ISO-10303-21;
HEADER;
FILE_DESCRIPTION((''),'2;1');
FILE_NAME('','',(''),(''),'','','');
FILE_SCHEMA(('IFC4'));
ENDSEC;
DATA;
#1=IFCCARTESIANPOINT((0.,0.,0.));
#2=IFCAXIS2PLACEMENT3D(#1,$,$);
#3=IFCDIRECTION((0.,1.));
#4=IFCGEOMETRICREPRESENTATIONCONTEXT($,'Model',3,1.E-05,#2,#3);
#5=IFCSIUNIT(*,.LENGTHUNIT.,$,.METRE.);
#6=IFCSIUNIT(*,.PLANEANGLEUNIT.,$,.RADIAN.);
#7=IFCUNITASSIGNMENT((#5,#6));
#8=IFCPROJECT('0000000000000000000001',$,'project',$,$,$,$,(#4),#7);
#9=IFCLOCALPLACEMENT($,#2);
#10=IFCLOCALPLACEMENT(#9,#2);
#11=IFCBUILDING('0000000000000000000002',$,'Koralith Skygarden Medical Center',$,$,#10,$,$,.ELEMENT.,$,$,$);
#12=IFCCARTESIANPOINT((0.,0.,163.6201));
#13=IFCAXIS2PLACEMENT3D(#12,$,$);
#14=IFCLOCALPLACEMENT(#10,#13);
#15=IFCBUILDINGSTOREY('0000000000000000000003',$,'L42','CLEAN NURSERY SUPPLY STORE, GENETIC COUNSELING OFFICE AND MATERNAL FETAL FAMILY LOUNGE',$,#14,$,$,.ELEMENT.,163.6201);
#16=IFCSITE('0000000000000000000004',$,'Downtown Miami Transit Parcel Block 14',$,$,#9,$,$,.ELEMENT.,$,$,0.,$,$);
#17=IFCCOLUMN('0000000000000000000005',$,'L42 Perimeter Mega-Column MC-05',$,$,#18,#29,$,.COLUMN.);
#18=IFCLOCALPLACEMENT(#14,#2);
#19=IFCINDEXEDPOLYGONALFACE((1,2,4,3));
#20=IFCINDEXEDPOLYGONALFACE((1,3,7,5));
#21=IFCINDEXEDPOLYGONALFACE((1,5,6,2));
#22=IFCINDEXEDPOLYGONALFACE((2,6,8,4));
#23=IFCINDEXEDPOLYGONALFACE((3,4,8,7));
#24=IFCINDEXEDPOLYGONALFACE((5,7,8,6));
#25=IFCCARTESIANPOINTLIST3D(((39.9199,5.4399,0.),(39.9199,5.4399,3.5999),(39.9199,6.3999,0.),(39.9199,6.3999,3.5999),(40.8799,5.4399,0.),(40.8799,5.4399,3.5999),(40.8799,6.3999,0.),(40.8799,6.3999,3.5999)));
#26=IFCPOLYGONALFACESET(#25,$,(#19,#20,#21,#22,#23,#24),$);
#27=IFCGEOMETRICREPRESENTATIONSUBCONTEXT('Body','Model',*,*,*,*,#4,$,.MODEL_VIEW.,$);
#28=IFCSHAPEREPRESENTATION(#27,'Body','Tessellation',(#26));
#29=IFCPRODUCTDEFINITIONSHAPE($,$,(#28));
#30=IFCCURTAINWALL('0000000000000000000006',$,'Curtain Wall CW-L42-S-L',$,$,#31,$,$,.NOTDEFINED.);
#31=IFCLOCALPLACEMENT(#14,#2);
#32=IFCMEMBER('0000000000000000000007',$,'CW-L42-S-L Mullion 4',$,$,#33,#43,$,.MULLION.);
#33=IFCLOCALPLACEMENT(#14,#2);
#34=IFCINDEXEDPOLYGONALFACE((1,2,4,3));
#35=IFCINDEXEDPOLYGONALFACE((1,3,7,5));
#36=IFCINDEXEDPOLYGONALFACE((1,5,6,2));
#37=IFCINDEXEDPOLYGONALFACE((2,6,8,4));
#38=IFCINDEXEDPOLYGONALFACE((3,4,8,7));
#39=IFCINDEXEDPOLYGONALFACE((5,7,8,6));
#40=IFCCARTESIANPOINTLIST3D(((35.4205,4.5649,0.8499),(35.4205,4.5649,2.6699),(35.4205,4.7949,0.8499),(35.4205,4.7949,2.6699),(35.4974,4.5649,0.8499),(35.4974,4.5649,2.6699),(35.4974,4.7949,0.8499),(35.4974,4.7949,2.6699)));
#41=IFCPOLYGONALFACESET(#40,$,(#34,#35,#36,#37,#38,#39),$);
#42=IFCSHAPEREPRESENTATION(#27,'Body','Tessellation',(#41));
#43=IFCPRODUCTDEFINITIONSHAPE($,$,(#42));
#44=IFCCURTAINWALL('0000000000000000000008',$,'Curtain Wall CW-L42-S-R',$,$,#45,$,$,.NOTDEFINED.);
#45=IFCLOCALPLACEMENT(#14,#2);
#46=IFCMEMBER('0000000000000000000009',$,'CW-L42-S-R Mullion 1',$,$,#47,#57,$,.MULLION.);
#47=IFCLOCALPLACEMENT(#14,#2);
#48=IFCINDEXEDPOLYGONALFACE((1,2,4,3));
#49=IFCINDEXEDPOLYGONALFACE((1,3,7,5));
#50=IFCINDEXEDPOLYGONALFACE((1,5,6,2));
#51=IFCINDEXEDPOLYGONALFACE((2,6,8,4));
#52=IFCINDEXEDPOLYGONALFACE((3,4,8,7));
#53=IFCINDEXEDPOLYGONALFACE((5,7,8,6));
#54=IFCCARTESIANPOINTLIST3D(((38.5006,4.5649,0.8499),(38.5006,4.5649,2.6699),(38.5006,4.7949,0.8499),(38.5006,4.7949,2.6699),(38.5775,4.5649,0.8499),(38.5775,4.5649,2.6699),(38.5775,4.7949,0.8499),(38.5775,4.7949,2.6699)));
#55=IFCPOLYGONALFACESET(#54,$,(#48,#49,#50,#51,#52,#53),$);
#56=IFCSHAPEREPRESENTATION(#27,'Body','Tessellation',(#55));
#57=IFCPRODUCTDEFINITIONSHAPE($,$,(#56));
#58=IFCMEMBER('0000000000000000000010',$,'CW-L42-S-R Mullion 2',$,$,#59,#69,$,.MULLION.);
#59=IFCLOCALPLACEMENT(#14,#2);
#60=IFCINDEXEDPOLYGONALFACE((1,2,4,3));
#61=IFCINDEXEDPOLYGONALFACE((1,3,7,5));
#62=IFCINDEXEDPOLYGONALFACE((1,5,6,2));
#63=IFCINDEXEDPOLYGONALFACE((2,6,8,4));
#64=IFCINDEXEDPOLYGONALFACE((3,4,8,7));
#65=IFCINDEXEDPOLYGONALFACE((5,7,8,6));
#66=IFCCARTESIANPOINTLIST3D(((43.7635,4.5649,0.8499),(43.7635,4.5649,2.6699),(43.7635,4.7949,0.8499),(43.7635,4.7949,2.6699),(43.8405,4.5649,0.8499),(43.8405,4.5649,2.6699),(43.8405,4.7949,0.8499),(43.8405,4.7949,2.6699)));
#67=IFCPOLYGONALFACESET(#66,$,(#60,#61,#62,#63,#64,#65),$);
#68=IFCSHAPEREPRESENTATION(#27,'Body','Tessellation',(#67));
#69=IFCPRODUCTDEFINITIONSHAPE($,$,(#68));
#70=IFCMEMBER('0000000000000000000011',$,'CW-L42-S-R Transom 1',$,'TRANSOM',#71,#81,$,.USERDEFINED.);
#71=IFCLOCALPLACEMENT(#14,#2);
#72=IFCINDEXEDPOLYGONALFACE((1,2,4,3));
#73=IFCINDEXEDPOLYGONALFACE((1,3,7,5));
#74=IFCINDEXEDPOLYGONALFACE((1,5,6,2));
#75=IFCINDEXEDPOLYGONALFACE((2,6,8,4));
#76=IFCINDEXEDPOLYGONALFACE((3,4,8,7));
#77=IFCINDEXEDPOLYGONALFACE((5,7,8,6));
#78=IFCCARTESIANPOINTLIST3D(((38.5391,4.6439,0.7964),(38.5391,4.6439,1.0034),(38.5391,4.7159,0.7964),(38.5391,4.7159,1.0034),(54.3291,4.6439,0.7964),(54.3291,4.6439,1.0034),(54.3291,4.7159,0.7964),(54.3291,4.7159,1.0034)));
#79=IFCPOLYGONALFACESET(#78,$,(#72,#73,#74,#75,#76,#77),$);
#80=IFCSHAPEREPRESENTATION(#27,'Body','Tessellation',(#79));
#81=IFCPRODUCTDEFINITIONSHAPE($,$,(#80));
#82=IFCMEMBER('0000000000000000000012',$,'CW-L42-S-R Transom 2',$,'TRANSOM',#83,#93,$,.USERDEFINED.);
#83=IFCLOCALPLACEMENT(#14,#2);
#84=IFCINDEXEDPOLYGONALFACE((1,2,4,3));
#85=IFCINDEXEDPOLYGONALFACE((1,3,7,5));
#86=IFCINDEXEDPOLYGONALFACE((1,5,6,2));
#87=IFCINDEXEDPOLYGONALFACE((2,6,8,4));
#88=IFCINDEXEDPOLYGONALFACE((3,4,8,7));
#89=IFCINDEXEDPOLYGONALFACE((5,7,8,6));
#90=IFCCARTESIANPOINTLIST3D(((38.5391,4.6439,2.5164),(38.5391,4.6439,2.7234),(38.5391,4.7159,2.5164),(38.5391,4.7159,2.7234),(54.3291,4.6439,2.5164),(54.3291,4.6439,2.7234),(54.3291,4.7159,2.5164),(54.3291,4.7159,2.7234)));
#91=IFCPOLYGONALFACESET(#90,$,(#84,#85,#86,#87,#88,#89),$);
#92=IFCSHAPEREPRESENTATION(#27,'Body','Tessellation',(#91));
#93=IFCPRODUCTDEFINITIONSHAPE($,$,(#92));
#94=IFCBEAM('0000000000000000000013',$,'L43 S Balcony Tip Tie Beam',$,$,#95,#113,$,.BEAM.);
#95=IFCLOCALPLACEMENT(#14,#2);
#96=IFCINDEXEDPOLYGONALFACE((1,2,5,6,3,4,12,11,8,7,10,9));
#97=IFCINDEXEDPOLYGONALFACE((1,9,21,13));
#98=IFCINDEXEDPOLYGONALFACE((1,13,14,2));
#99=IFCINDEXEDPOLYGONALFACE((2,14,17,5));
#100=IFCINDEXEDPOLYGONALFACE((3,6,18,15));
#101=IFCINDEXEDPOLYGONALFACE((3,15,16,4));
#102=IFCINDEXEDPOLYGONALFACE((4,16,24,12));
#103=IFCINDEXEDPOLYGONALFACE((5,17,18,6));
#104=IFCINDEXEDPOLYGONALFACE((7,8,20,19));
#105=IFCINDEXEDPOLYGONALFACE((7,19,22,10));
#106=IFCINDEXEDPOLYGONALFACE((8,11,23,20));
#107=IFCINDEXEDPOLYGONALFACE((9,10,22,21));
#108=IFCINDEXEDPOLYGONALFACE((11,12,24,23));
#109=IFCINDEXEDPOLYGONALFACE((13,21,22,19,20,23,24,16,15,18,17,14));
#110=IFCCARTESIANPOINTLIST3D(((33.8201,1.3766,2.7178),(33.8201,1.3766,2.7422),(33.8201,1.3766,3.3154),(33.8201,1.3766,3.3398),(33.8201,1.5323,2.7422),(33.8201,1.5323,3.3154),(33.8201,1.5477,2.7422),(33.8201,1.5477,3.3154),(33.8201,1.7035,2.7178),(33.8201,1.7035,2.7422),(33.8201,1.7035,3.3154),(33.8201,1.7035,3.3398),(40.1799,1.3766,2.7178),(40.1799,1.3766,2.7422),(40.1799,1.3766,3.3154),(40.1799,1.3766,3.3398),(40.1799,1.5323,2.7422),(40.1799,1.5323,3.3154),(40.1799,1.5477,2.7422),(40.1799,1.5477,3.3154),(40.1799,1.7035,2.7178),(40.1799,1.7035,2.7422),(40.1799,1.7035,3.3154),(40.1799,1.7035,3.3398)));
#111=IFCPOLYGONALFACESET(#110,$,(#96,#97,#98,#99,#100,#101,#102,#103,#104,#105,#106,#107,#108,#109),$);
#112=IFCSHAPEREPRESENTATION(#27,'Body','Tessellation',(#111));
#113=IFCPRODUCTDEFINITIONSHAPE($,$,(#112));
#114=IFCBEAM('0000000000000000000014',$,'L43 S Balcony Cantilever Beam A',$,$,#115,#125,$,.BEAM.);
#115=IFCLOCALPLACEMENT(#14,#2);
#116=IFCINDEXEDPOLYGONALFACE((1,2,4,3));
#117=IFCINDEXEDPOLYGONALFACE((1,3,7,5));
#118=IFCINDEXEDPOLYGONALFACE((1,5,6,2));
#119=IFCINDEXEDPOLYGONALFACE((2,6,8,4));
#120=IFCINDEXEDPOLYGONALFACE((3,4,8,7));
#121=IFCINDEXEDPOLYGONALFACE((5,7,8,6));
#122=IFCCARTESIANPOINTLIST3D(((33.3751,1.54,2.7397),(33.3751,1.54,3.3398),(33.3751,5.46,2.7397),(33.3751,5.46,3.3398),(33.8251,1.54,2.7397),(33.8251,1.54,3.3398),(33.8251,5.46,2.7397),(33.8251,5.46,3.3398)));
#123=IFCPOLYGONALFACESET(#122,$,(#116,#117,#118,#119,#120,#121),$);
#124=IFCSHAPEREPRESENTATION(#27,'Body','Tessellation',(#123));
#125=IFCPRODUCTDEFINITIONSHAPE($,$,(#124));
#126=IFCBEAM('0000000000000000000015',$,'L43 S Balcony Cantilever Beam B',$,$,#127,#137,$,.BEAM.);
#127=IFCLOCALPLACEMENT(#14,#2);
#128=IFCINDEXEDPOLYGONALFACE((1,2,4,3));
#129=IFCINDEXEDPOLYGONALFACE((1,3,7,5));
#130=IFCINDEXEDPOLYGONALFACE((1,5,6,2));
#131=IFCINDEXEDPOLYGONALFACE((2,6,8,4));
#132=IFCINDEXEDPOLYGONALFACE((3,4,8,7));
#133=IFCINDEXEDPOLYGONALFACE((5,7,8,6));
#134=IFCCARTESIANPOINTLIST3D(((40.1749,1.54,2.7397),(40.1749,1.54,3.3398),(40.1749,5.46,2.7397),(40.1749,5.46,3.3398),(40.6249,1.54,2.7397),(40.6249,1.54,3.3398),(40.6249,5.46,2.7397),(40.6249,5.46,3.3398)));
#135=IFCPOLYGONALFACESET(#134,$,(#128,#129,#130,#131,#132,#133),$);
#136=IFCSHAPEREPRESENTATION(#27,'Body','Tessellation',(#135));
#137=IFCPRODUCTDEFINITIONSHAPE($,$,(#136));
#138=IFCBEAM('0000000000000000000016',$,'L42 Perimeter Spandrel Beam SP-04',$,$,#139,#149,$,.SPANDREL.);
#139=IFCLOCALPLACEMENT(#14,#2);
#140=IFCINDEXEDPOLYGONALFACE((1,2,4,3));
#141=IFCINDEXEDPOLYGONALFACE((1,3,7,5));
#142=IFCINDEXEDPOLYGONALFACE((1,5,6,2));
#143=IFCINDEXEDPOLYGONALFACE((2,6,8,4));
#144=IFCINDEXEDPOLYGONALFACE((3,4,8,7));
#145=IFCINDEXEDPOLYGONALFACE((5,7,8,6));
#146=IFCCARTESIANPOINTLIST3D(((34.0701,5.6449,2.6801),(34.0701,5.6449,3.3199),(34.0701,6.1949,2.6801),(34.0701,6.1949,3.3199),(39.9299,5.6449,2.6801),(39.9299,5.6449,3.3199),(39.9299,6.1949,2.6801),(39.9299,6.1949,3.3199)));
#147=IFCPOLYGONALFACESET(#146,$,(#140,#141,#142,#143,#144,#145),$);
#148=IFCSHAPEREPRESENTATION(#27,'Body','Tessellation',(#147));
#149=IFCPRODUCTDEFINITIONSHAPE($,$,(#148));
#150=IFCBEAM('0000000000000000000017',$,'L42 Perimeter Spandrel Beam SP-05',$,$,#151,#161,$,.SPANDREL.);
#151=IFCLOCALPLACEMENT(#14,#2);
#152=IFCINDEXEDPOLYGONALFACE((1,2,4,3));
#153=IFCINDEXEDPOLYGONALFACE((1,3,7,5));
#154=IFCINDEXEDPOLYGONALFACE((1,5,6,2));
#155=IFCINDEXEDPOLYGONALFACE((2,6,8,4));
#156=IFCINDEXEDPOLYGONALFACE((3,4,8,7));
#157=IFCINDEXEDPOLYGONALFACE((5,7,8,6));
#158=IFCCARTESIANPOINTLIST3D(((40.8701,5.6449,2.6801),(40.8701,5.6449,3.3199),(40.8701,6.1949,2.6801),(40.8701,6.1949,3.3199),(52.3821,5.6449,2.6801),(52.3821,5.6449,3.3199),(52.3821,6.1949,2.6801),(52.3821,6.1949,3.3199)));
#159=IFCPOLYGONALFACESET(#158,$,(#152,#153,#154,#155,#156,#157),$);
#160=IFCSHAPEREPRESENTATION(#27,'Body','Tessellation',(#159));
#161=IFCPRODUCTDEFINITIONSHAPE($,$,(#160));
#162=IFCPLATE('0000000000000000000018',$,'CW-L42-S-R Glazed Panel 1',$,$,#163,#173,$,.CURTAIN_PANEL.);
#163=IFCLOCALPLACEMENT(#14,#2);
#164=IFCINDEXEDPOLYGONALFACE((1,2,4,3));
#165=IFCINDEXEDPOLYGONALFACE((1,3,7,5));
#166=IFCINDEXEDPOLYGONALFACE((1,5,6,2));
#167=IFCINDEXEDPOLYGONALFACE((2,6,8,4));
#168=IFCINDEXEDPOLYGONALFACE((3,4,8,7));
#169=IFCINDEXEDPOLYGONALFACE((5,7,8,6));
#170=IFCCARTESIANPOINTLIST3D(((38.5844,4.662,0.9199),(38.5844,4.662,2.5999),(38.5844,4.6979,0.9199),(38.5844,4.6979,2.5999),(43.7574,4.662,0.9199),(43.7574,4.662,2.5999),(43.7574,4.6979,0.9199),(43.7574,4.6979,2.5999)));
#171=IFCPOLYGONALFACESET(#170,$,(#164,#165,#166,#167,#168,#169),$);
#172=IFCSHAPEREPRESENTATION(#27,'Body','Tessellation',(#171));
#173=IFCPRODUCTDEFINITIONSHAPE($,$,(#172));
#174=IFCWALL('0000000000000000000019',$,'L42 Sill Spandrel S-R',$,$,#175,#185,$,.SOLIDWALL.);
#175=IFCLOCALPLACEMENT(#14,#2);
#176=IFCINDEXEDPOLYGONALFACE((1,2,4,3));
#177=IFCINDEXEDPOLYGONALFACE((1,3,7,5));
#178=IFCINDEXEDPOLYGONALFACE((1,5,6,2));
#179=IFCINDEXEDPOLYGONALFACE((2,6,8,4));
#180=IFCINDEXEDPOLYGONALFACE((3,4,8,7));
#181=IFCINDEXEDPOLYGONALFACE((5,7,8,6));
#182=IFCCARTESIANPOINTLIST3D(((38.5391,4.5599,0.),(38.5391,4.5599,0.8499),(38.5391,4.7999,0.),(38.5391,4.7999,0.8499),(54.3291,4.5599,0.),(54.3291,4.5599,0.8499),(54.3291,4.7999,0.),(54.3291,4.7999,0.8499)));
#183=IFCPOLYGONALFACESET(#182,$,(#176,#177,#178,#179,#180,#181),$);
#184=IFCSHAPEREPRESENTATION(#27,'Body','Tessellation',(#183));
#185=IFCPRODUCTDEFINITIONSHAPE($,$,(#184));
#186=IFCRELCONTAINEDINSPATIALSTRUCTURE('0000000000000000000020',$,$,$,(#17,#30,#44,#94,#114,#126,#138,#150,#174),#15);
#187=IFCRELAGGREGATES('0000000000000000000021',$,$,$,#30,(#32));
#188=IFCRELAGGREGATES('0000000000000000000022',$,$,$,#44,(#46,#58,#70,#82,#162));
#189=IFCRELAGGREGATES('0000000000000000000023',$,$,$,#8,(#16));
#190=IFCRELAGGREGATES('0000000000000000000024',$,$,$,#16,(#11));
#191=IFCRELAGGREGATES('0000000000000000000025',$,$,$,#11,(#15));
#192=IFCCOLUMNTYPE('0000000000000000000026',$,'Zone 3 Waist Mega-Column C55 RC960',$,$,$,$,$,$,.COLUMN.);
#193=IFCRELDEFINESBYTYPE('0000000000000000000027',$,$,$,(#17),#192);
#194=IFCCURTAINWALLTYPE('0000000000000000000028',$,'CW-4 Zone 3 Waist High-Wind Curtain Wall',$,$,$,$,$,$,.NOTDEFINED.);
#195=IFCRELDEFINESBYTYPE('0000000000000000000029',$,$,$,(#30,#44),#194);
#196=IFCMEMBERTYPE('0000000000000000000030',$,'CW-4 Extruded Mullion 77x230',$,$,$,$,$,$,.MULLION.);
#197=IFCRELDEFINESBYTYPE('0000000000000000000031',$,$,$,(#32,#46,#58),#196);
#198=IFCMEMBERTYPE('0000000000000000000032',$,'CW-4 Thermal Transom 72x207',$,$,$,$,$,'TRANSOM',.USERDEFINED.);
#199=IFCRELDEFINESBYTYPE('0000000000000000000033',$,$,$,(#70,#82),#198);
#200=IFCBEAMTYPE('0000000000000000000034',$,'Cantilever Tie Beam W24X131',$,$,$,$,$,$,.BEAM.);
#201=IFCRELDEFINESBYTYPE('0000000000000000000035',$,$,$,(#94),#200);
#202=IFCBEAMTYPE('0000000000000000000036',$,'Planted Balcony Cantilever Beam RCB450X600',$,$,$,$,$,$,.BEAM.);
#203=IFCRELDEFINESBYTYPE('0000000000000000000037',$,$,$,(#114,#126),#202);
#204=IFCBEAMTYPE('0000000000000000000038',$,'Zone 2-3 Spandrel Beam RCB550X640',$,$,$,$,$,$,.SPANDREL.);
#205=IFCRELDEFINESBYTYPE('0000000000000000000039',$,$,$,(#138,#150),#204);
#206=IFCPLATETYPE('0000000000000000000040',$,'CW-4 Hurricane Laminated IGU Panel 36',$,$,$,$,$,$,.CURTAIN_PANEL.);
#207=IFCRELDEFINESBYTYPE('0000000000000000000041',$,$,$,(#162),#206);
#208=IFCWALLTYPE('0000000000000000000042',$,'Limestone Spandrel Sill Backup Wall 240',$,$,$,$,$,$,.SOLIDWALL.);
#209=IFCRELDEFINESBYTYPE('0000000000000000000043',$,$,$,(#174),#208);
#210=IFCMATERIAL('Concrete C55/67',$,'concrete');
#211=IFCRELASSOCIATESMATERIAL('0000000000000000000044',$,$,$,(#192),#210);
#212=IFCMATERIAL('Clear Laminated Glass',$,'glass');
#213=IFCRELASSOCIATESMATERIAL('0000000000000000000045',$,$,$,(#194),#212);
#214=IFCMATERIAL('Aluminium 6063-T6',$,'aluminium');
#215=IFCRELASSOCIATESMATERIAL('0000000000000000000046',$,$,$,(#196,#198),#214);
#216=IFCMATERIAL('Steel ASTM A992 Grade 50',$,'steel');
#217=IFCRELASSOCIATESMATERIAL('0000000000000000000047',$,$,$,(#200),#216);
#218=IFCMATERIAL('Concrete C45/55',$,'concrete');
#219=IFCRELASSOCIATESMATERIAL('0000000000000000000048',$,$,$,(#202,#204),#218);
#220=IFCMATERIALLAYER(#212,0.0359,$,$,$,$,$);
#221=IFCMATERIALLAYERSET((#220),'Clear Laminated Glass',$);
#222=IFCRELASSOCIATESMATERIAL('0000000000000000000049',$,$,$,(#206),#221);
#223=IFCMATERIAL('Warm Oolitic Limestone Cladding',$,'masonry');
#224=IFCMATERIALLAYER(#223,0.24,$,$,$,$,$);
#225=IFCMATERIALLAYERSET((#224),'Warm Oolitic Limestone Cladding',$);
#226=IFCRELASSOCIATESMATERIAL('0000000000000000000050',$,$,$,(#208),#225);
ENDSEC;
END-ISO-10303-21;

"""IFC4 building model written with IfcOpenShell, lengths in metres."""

from ifc_helpers import new_model, si_unit, direction, frame, frame_2d, origin, origin_2d, place, context, subcontext, project, spatial, rectangle, i_section, extrude, material, layer, layer_set, material_profile, profile_set, type_object, element, aggregate, save


model = new_model("IFC4")

# Units and contexts
model_context = context("Model", 3, precision=1e-05, world=origin(), true_north=direction((0.0, 1.0)))
body_context = subcontext(model_context, "Body", "Model", "MODEL_VIEW")
ifc_project = project(units=[si_unit("LENGTHUNIT", "METRE"), si_unit("PLANEANGLEUNIT", "RADIAN")], contexts=[model_context])

# Site, building, storey
site_placement = place(None, origin())
site = spatial("IfcSite", under=ifc_project, at=site_placement, Name="Downtown Miami Transit Parcel Block 14", CompositionType="ELEMENT", RefElevation=0.0)
building_placement = place(site_placement, origin())
building = spatial("IfcBuilding", under=site, at=building_placement, Name="Koralith Skygarden Medical Center", CompositionType="ELEMENT")
storey_placement = place(building_placement, frame((0.0, 0.0, 163.6201)))
storey = spatial("IfcBuildingStorey", under=building, at=storey_placement, Name="L42", Description="CLEAN NURSERY SUPPLY STORE, GENETIC COUNSELING OFFICE AND MATERNAL FETAL FAMILY LOUNGE", CompositionType="ELEMENT", Elevation=163.6201)

# Column
ifc_material_1 = material(Name="Concrete C55/67", Category="concrete")
ifc_material_profile_1 = material_profile(ifc_material_1, rectangle(XDim=0.96, YDim=0.96, at=origin_2d()), Name="RC960X960")
ifc_profile_set_1 = profile_set([ifc_material_profile_1], Name="Concrete C55/67")
column_type = type_object("IfcColumnType", Name="Zone 3 Waist Mega-Column C55 RC960", PredefinedType="COLUMN", material=ifc_profile_set_1)
column_placement = place(storey_placement, frame((40.3999, 5.9199, 0.0), z_axis=(0.0, 0.0, 1.0), x_axis=(1.0, 0.0, 0.0)))
element("IfcColumn", 1, at=column_placement, inside=storey, type_object=column_type, Name="L42 Perimeter Mega-Column MC-05", PredefinedType="COLUMN", context=body_context, shape_type="SweptSolid", body=[
    extrude(rectangle(XDim=0.96, YDim=0.96, at=origin_2d()), origin(), (0.0, 0.0, 1.0), 3.5999),
])

# Curtain wall, member
ifc_material_2 = material(Name="Clear Laminated Glass", Category="glass")
curtain_wall_type = type_object("IfcCurtainWallType", Name="CW-4 Zone 3 Waist High-Wind Curtain Wall", PredefinedType="NOTDEFINED", material=ifc_material_2)
curtain_wall_1_placement = place(storey_placement, origin())
curtain_wall_1 = element("IfcCurtainWall", 2, at=curtain_wall_1_placement, inside=storey, type_object=curtain_wall_type, Name="Curtain Wall CW-L42-S-L", PredefinedType="NOTDEFINED")
ifc_material_3 = material(Name="Aluminium 6063-T6", Category="aluminium")
ifc_material_profile_2 = material_profile(ifc_material_3, rectangle(XDim=0.0769, YDim=0.23, at=origin_2d()), Name="MUL77X230")
ifc_profile_set_2 = profile_set([ifc_material_profile_2], Name="Aluminium 6063-T6")
member_type_1 = type_object("IfcMemberType", Name="CW-4 Extruded Mullion 77x230", PredefinedType="MULLION", material=ifc_profile_set_2)
member_1_placement = place(storey_placement, frame((35.459, 4.6799, 0.8499), z_axis=(0.0, 0.0, 1.0), x_axis=(1.0, 0.0, 0.0)))
member_1 = element("IfcMember", 3, at=member_1_placement, type_object=member_type_1, Name="CW-L42-S-L Mullion 4", PredefinedType="MULLION", context=body_context, shape_type="SweptSolid", body=[
    extrude(rectangle(XDim=0.0769, YDim=0.23, at=origin_2d()), origin(), (0.0, 0.0, 1.0), 1.8201),
])
aggregate(curtain_wall_1, [member_1])

# Curtain wall, members
curtain_wall_2_placement = place(storey_placement, origin())
curtain_wall_2 = element("IfcCurtainWall", 4, at=curtain_wall_2_placement, inside=storey, type_object=curtain_wall_type, Name="Curtain Wall CW-L42-S-R", PredefinedType="NOTDEFINED")
member_2_placement = place(storey_placement, frame((38.5391, 4.6799, 0.8499), z_axis=(0.0, 0.0, 1.0), x_axis=(1.0, 0.0, 0.0)))
member_2 = element("IfcMember", 5, at=member_2_placement, type_object=member_type_1, Name="CW-L42-S-R Mullion 1", PredefinedType="MULLION", context=body_context, shape_type="SweptSolid", body=[
    extrude(rectangle(XDim=0.0769, YDim=0.23, at=origin_2d()), origin(), (0.0, 0.0, 1.0), 1.8201),
])
member_3_placement = place(storey_placement, frame((43.802, 4.6799, 0.8499), z_axis=(0.0, 0.0, 1.0), x_axis=(1.0, 0.0, 0.0)))
member_3 = element("IfcMember", 6, at=member_3_placement, type_object=member_type_1, Name="CW-L42-S-R Mullion 2", PredefinedType="MULLION", context=body_context, shape_type="SweptSolid", body=[
    extrude(rectangle(XDim=0.0769, YDim=0.23, at=origin_2d()), origin(), (0.0, 0.0, 1.0), 1.8201),
])
ifc_material_profile_3 = material_profile(ifc_material_3, rectangle(XDim=0.072, YDim=0.207, at=origin_2d()), Name="TRN72X207")
ifc_profile_set_3 = profile_set([ifc_material_profile_3], Name="Aluminium 6063-T6")
member_type_2 = type_object("IfcMemberType", Name="CW-4 Thermal Transom 72x207", ElementType="TRANSOM", PredefinedType="USERDEFINED", material=ifc_profile_set_3)
member_4_placement = place(storey_placement, frame((38.5391, 4.6799, 0.8999), z_axis=(1.0, 0.0, 0.0), x_axis=(0.0, 1.0, 0.0)))
member_4 = element("IfcMember", 7, at=member_4_placement, type_object=member_type_2, Name="CW-L42-S-R Transom 1", ObjectType="TRANSOM", PredefinedType="USERDEFINED", context=body_context, shape_type="SweptSolid", body=[
    extrude(rectangle(XDim=0.072, YDim=0.207, at=origin_2d()), origin(), (0.0, 0.0, 1.0), 15.79),
])
member_5_placement = place(storey_placement, frame((38.5391, 4.6799, 2.6199), z_axis=(1.0, 0.0, 0.0), x_axis=(0.0, 1.0, 0.0)))
member_5 = element("IfcMember", 8, at=member_5_placement, type_object=member_type_2, Name="CW-L42-S-R Transom 2", ObjectType="TRANSOM", PredefinedType="USERDEFINED", context=body_context, shape_type="SweptSolid", body=[
    extrude(rectangle(XDim=0.072, YDim=0.207, at=origin_2d()), origin(), (0.0, 0.0, 1.0), 15.79),
])

# Beams
ifc_material_4 = material(Name="Steel ASTM A992 Grade 50", Category="steel")
ifc_material_profile_4 = material_profile(ifc_material_4, i_section(OverallWidth=0.3269, OverallDepth=0.6221, WebThickness=0.0154, FlangeThickness=0.0244, at=origin_2d()), Name="W24X131")
ifc_profile_set_4 = profile_set([ifc_material_profile_4], Name="Steel ASTM A992 Grade 50")
beam_type_1 = type_object("IfcBeamType", Name="Cantilever Tie Beam W24X131", PredefinedType="BEAM", material=ifc_profile_set_4)
beam_1_placement = place(storey_placement, frame((33.8201, 1.54, 3.0288), z_axis=(1.0, 0.0, 0.0), x_axis=(0.0, 1.0, 0.0)))
element("IfcBeam", 9, at=beam_1_placement, inside=storey, type_object=beam_type_1, Name="L43 S Balcony Tip Tie Beam", PredefinedType="BEAM", context=body_context, shape_type="SweptSolid", body=[
    extrude(i_section(OverallWidth=0.3269, OverallDepth=0.6221, WebThickness=0.0154, FlangeThickness=0.0244, at=origin_2d()), origin(), (0.0, 0.0, 1.0), 6.3599),
])
ifc_material_5 = material(Name="Concrete C45/55", Category="concrete")
ifc_material_profile_5 = material_profile(ifc_material_5, rectangle(XDim=0.45, YDim=0.6001, at=origin_2d()), Name="RCB450X600")
ifc_profile_set_5 = profile_set([ifc_material_profile_5], Name="Concrete C45/55")
beam_type_2 = type_object("IfcBeamType", Name="Planted Balcony Cantilever Beam RCB450X600", PredefinedType="BEAM", material=ifc_profile_set_5)
for number, where, z_axis, x_axis, name in (
    (10, (33.6001, 5.46, 3.0398), (0.0, -1.0, 0.0), (1.0, 0.0, 0.0), "L43 S Balcony Cantilever Beam A"),
    (11, (40.3999, 5.46, 3.0398), (0.0, -1.0, 0.0), (1.0, 0.0, 0.0), "L43 S Balcony Cantilever Beam B"),
):
    element("IfcBeam", number, at=place(storey_placement, frame(where, z_axis=z_axis, x_axis=x_axis)), inside=storey, type_object=beam_type_2, Name=name, PredefinedType="BEAM", context=body_context, shape_type="SweptSolid", body=[
        extrude(rectangle(XDim=0.45, YDim=0.6001, at=origin_2d()), origin(), (0.0, 0.0, 1.0), 3.9199),
    ])
ifc_material_profile_6 = material_profile(ifc_material_5, rectangle(XDim=0.55, YDim=0.6399, at=origin_2d()), Name="RCB550X640")
ifc_profile_set_6 = profile_set([ifc_material_profile_6], Name="Concrete C45/55")
beam_type_3 = type_object("IfcBeamType", Name="Zone 2-3 Spandrel Beam RCB550X640", PredefinedType="SPANDREL", material=ifc_profile_set_6)
beam_2_placement = place(storey_placement, frame((34.0701, 5.9199, 3.0), z_axis=(1.0, 0.0, 0.0), x_axis=(0.0, 1.0, 0.0)))
element("IfcBeam", 12, at=beam_2_placement, inside=storey, type_object=beam_type_3, Name="L42 Perimeter Spandrel Beam SP-04", PredefinedType="SPANDREL", context=body_context, shape_type="SweptSolid", body=[
    extrude(rectangle(XDim=0.55, YDim=0.6399, at=origin_2d()), origin(), (0.0, 0.0, 1.0), 5.8599),
])
beam_3_placement = place(storey_placement, frame((40.8701, 5.9199, 3.0), z_axis=(1.0, 0.0, 0.0), x_axis=(0.0, 1.0, 0.0)))
element("IfcBeam", 13, at=beam_3_placement, inside=storey, type_object=beam_type_3, Name="L42 Perimeter Spandrel Beam SP-05", PredefinedType="SPANDREL", context=body_context, shape_type="SweptSolid", body=[
    extrude(rectangle(XDim=0.55, YDim=0.6399, at=origin_2d()), origin(), (0.0, 0.0, 1.0), 11.512),
])

# Plate
ifc_layer_1 = layer(ifc_material_2, 0.0359)
ifc_layer_set_1 = layer_set([ifc_layer_1], Name="Clear Laminated Glass")
plate_type = type_object("IfcPlateType", Name="CW-4 Hurricane Laminated IGU Panel 36", PredefinedType="CURTAIN_PANEL", material=ifc_layer_set_1)
plate_placement = place(storey_placement, frame((41.1709, 4.6799, 0.9199), z_axis=(0.0, 0.0, 1.0), x_axis=(1.0, 0.0, 0.0)))
plate = element("IfcPlate", 14, at=plate_placement, type_object=plate_type, Name="CW-L42-S-R Glazed Panel 1", PredefinedType="CURTAIN_PANEL", context=body_context, shape_type="SweptSolid", body=[
    extrude(rectangle(XDim=5.1731, YDim=0.0359, at=origin_2d()), origin(), (0.0, 0.0, 1.0), 1.6799),
])
aggregate(curtain_wall_2, [member_2, member_3, member_4, member_5, plate])

# Wall
ifc_material_6 = material(Name="Warm Oolitic Limestone Cladding", Category="masonry")
ifc_layer_2 = layer(ifc_material_6, 0.24)
ifc_layer_set_2 = layer_set([ifc_layer_2], Name="Warm Oolitic Limestone Cladding")
wall_type_1 = type_object("IfcWallType", Name="Limestone Spandrel Sill Backup Wall 240", PredefinedType="SOLIDWALL", material=ifc_layer_set_2)
wall_1_placement = place(storey_placement, frame((38.5391, 4.6799, 0.0), z_axis=(0.0, 0.0, 1.0), x_axis=(1.0, 0.0, 0.0)))
element("IfcWall", 15, at=wall_1_placement, inside=storey, type_object=wall_type_1, Name="L42 Sill Spandrel S-R", PredefinedType="SOLIDWALL", context=body_context, shape_type="SweptSolid", body=[
    extrude(rectangle(XDim=15.79, YDim=0.24, at=frame_2d((7.895, 0.0))), origin(), (0.0, 0.0, 1.0), 0.8499),
])

save(model, "model.ifc")
